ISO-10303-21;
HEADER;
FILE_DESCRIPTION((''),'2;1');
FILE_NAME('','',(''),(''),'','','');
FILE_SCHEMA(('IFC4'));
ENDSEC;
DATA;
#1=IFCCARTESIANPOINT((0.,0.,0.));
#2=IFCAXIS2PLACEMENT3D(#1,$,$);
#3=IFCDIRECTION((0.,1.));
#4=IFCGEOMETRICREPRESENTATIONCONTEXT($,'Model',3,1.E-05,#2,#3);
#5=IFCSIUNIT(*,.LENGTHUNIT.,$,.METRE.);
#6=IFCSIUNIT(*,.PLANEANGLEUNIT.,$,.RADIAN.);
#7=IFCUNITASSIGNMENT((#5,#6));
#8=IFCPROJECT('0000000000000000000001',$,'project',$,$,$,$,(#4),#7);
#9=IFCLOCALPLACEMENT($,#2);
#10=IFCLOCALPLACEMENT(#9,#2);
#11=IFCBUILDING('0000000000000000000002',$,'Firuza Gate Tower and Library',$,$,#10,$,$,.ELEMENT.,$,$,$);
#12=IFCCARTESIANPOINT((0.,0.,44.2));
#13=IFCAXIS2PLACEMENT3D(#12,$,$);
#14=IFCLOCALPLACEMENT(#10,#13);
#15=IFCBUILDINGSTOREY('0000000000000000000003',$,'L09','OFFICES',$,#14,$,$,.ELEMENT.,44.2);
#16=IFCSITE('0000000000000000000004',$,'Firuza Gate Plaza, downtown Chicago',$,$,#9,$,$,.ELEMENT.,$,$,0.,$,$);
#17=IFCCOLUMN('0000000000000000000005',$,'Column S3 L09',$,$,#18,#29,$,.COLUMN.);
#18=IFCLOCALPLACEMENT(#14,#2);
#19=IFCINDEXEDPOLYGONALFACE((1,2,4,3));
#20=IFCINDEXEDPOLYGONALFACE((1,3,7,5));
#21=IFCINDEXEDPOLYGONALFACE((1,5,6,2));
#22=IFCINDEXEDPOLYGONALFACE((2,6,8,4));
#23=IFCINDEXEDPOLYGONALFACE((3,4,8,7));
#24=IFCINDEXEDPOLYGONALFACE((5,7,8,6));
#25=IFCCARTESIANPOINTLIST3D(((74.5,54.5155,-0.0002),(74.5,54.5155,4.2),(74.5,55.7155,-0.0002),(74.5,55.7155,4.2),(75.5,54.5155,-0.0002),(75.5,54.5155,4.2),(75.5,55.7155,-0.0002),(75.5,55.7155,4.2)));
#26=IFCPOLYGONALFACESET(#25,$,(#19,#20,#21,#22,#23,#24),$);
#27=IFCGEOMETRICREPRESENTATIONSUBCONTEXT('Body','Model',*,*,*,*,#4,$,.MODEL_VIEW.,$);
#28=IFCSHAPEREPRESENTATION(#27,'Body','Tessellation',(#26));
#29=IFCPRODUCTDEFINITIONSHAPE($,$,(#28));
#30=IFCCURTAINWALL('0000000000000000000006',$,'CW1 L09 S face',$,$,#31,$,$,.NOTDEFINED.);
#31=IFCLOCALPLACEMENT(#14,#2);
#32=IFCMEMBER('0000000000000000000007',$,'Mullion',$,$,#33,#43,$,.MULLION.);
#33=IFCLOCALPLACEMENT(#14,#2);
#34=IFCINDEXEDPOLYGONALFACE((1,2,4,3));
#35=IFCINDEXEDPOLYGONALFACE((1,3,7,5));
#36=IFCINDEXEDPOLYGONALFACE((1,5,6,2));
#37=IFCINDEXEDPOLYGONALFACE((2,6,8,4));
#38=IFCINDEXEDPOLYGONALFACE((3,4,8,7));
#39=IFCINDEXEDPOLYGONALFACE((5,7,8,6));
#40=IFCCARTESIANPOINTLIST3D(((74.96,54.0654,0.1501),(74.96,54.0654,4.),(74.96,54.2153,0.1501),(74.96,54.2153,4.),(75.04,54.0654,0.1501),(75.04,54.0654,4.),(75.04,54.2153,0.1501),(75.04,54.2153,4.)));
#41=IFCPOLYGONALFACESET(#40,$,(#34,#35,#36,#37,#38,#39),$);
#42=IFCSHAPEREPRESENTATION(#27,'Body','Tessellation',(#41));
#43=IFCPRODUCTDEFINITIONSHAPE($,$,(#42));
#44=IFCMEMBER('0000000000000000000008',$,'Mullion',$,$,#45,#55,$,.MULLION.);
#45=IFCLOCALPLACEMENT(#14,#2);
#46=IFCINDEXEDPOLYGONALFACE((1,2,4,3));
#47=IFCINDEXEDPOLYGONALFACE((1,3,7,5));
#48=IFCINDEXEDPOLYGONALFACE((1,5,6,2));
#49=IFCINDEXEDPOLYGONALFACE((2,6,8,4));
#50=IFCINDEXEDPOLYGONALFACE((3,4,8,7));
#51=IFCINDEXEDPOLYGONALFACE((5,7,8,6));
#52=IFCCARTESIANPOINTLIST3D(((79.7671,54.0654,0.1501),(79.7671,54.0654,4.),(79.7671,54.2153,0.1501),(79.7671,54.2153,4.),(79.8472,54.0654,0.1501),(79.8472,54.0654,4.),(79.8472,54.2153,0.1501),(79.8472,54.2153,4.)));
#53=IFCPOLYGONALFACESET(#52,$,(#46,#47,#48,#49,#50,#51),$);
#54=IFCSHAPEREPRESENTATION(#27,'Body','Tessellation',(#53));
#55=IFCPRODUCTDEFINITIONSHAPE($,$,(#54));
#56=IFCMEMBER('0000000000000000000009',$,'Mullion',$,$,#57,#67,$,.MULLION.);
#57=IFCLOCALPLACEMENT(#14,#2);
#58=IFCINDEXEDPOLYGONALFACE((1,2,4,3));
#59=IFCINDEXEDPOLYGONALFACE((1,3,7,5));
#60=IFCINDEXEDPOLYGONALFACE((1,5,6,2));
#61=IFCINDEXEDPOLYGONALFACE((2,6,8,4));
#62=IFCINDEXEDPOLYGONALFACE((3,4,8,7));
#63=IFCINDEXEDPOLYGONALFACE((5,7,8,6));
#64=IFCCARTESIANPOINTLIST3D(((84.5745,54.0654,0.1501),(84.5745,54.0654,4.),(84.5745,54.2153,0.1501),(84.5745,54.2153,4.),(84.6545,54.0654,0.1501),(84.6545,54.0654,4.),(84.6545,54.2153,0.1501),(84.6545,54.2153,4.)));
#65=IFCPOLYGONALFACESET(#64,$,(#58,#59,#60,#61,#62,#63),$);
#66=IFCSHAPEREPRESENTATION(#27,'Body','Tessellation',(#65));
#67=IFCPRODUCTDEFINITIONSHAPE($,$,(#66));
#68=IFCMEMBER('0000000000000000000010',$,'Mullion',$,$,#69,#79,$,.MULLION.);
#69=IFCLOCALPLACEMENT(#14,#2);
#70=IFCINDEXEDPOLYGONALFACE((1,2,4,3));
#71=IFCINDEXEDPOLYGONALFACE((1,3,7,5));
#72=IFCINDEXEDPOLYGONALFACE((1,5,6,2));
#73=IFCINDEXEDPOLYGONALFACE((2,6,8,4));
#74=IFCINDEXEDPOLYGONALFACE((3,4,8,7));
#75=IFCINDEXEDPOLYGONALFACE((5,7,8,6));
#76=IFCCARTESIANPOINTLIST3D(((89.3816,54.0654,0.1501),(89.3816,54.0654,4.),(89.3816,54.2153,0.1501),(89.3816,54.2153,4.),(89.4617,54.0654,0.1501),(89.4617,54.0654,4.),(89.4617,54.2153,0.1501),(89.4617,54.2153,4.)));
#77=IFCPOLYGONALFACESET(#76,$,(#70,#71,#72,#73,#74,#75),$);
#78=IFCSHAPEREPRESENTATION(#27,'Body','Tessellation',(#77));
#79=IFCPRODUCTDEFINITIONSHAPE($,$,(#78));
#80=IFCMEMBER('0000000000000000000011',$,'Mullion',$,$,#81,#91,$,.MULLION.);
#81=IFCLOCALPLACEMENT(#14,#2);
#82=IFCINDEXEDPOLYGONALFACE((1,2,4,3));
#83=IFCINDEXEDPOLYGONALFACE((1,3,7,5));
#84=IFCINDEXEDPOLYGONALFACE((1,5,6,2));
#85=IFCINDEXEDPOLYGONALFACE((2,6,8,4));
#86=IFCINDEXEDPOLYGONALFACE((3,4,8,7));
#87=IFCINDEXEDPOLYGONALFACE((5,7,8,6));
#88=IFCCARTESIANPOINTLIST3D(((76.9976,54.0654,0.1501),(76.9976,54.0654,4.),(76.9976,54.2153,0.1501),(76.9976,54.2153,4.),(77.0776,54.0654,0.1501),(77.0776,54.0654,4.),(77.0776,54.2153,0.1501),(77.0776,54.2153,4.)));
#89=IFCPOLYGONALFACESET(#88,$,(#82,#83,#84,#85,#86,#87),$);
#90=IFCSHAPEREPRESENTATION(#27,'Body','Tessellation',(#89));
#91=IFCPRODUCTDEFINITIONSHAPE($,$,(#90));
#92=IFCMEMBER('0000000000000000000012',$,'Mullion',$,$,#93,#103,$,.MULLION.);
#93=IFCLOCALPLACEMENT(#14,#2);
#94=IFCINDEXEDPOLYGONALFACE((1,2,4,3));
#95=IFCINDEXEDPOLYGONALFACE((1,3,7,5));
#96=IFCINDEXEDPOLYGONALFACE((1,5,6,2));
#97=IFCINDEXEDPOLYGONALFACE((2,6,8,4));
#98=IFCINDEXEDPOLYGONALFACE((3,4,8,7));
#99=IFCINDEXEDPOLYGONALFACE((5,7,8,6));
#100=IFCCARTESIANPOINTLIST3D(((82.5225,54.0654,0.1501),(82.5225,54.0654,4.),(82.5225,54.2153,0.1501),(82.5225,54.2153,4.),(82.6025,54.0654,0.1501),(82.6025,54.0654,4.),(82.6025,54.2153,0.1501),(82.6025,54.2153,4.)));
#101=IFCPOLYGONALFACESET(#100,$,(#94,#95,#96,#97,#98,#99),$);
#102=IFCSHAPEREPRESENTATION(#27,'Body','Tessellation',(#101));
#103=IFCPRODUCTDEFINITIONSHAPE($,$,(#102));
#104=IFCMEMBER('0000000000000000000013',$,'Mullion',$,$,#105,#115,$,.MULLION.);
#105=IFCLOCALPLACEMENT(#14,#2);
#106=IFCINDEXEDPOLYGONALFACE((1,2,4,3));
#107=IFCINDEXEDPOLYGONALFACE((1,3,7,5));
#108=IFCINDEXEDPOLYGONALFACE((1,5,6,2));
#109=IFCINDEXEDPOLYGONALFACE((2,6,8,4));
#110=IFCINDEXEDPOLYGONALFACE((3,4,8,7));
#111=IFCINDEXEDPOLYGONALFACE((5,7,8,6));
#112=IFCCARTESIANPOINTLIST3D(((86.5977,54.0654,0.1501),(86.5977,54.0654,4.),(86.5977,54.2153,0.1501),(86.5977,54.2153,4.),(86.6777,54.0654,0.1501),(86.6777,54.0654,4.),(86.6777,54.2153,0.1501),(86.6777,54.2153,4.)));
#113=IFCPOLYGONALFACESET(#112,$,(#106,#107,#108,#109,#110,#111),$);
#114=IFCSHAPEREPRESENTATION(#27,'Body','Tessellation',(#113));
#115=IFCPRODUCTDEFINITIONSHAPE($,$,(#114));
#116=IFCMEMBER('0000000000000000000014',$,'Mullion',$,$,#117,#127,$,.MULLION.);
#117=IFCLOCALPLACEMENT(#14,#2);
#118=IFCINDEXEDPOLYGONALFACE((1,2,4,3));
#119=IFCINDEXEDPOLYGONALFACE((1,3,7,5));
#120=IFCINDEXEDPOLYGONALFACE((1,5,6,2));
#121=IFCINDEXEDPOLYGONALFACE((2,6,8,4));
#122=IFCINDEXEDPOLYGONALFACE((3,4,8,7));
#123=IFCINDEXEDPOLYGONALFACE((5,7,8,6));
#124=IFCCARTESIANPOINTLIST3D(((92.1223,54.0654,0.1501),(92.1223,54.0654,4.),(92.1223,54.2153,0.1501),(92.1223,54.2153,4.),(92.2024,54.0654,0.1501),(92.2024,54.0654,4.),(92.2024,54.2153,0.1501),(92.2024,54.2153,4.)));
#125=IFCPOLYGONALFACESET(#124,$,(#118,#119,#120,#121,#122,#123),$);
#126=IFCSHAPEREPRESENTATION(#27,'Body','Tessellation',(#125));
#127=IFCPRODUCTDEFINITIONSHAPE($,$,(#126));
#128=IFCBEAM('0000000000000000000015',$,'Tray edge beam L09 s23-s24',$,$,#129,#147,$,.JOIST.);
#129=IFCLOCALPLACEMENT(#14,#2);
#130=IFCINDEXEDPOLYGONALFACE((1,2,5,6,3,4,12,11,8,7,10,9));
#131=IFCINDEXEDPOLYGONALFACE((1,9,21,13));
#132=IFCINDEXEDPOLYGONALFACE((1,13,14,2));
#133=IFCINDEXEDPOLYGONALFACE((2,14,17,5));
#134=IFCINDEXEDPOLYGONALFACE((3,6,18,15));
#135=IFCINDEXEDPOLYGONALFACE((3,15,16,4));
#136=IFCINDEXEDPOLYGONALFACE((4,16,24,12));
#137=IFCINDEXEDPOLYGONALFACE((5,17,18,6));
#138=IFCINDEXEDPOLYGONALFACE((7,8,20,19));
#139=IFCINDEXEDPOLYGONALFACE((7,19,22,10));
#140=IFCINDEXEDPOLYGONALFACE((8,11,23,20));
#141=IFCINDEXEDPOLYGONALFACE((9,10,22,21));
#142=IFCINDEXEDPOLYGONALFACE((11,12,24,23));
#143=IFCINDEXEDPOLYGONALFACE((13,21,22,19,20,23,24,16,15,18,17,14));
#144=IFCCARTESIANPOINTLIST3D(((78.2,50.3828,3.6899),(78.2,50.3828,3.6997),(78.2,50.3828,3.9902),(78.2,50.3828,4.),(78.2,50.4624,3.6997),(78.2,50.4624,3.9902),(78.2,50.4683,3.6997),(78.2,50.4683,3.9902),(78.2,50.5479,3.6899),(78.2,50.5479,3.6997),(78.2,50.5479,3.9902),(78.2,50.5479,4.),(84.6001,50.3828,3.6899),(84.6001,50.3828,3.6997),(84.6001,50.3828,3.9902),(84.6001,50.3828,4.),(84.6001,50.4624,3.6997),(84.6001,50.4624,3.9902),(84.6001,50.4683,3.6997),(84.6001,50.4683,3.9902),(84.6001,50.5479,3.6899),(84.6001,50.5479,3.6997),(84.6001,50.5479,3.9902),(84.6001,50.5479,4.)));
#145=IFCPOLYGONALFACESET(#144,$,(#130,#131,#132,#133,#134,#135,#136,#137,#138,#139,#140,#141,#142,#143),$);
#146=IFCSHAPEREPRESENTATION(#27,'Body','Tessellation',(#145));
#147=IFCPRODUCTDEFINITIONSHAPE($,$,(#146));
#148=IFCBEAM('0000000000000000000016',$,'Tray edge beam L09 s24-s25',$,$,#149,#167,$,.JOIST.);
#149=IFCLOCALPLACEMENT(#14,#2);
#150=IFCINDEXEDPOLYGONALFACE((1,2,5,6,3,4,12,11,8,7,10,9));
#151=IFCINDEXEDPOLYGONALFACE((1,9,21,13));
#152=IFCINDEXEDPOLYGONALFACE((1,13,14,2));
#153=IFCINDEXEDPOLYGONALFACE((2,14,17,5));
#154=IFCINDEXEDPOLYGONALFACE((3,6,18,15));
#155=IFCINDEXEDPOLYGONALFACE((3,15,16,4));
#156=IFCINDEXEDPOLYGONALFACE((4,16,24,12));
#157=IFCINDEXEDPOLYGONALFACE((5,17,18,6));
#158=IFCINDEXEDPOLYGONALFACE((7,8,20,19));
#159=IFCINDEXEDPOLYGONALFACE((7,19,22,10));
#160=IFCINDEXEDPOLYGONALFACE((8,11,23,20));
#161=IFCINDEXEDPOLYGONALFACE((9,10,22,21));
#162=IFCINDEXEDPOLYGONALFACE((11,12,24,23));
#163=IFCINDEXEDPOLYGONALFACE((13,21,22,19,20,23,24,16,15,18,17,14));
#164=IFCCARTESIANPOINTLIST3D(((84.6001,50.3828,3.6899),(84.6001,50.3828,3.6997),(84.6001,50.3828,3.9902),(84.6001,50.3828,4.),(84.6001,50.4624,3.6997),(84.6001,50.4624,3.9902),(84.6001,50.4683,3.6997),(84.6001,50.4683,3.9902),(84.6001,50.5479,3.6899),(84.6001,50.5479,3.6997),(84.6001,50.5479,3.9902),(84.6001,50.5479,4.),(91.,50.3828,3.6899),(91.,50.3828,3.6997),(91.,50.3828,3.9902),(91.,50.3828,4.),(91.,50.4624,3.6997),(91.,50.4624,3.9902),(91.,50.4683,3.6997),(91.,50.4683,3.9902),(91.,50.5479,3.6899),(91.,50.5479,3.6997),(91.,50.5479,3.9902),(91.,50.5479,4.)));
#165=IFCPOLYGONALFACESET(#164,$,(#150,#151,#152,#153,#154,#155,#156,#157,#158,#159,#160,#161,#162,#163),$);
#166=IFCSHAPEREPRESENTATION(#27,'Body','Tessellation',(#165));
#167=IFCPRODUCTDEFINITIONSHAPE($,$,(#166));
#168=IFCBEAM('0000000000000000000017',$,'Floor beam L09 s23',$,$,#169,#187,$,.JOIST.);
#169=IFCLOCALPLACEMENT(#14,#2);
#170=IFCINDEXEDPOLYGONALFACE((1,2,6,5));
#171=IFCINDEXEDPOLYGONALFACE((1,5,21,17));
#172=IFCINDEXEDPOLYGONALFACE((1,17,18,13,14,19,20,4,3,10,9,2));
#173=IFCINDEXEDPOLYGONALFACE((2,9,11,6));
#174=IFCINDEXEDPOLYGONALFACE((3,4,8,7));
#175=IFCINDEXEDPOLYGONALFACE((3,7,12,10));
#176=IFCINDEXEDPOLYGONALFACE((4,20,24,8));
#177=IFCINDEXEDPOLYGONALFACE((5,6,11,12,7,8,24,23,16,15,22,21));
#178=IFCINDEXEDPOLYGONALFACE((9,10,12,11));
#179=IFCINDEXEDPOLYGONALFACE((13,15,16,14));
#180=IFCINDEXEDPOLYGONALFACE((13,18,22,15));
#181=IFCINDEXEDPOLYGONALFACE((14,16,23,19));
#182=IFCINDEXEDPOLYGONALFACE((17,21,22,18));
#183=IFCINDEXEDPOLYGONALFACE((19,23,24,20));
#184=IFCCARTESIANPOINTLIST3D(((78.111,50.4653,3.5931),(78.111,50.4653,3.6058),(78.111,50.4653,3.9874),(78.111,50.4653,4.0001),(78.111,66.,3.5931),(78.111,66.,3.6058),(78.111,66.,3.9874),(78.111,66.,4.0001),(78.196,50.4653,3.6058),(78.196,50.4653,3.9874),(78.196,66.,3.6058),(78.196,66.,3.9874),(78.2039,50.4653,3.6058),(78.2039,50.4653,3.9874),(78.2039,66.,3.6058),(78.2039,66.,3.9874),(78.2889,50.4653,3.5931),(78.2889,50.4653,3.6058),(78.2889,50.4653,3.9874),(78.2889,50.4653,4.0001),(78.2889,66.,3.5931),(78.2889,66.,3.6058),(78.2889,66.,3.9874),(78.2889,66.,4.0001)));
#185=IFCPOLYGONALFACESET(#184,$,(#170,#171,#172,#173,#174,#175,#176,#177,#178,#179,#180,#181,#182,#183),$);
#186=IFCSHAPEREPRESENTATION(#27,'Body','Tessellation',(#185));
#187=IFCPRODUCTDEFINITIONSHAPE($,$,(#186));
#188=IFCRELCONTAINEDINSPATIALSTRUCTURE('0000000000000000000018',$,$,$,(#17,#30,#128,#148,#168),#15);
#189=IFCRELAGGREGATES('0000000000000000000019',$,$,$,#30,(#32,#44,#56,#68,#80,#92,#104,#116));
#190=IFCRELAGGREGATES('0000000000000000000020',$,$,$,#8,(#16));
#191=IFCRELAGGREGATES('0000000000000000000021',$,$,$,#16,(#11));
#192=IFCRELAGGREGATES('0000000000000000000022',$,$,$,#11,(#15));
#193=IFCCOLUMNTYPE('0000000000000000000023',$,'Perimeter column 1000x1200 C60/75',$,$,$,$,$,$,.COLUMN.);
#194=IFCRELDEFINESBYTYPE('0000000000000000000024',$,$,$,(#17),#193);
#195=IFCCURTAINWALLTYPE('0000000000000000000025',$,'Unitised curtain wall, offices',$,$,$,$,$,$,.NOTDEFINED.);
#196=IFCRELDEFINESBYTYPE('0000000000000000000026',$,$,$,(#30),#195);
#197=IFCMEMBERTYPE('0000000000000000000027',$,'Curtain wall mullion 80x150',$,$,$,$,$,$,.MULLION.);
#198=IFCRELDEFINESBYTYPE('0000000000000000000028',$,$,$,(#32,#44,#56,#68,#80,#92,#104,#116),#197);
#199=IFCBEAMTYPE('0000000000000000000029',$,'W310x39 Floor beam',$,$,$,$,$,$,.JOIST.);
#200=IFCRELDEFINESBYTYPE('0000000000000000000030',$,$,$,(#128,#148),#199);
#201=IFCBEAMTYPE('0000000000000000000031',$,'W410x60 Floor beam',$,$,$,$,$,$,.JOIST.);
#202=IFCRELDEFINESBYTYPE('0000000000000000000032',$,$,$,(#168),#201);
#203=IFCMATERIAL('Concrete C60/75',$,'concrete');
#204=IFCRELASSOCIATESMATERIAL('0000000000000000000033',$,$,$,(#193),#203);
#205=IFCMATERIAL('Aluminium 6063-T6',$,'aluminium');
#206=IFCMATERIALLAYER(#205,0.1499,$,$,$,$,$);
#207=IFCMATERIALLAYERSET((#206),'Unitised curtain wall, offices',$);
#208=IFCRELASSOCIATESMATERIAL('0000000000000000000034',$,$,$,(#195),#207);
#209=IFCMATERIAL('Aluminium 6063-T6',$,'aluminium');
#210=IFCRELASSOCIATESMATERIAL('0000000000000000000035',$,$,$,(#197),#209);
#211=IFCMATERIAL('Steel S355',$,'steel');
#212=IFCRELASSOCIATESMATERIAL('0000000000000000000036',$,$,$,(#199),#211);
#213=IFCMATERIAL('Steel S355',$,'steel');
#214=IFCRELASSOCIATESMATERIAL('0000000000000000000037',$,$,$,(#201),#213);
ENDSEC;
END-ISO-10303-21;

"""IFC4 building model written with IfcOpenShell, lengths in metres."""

from ifc_helpers import new_model, si_unit, direction, frame, origin, origin_2d, place, context, subcontext, project, spatial, rectangle, i_section, extrude, material, layer, layer_set, material_profile, profile_set, type_object, element, aggregate, save


model = new_model("IFC4")

# Units and contexts
model_context = context("Model", 3, precision=1e-05, world=origin(), true_north=direction((0.0, 1.0)))
body_context = subcontext(model_context, "Body", "Model", "MODEL_VIEW")
ifc_project = project(units=[si_unit("LENGTHUNIT", "METRE"), si_unit("PLANEANGLEUNIT", "RADIAN")], contexts=[model_context])

# Site, building, storey
site_placement = place(None, origin())
site = spatial("IfcSite", under=ifc_project, at=site_placement, Name="Firuza Gate Plaza, downtown Chicago", CompositionType="ELEMENT", RefElevation=0.0)
building_placement = place(site_placement, origin())
building = spatial("IfcBuilding", under=site, at=building_placement, Name="Firuza Gate Tower and Library", CompositionType="ELEMENT")
storey_placement = place(building_placement, frame((0.0, 0.0, 44.2)))
storey = spatial("IfcBuildingStorey", under=building, at=storey_placement, Name="L09", Description="OFFICES", CompositionType="ELEMENT", Elevation=44.2)

# Column
ifc_material_1 = material(Name="Concrete C60/75", Category="concrete")
ifc_material_profile_1 = material_profile(ifc_material_1, rectangle(XDim=1.0, YDim=1.2, at=origin_2d()))
ifc_profile_set_1 = profile_set([ifc_material_profile_1], Name="Concrete C60/75")
column_type = type_object("IfcColumnType", Name="Perimeter column 1000x1200 C60/75", PredefinedType="COLUMN", material=ifc_profile_set_1)
column_placement = place(storey_placement, frame((75.0, 55.1155, -0.0002), z_axis=(0.0, 0.0, 1.0), x_axis=(1.0, 0.0, 0.0)))
element("IfcColumn", 1, at=column_placement, inside=storey, type_object=column_type, Name="Column S3 L09", PredefinedType="COLUMN", context=body_context, shape_type="SweptSolid", body=[
    extrude(rectangle(XDim=1.0, YDim=1.2, at=origin_2d()), origin(), (0.0, 0.0, 1.0), 4.2002),
])

# Curtain wall, members
ifc_material_2 = material(Name="Aluminium 6063-T6", Category="aluminium")
ifc_layer_1 = layer(ifc_material_2, 0.1499)
ifc_layer_set_1 = layer_set([ifc_layer_1], Name="Unitised curtain wall, offices")
curtain_wall_type = type_object("IfcCurtainWallType", Name="Unitised curtain wall, offices", PredefinedType="NOTDEFINED", material=ifc_layer_set_1)
curtain_wall_placement = place(storey_placement, origin())
curtain_wall = element("IfcCurtainWall", 2, at=curtain_wall_placement, inside=storey, type_object=curtain_wall_type, Name="CW1 L09 S face", PredefinedType="NOTDEFINED")
ifc_material_3 = material(Name="Aluminium 6063-T6", Category="aluminium")
ifc_material_profile_2 = material_profile(ifc_material_3, rectangle(XDim=0.1499, YDim=0.0801, at=origin_2d()))
ifc_profile_set_2 = profile_set([ifc_material_profile_2], Name="Aluminium 6063-T6")
member_type = type_object("IfcMemberType", Name="Curtain wall mullion 80x150", PredefinedType="MULLION", material=ifc_profile_set_2)
member_1_placement = place(storey_placement, frame((75.0, 54.1404, 0.1501), z_axis=(0.0, 0.0, 1.0), x_axis=(0.0, 1.0, 0.0)))
member_1 = element("IfcMember", 3, at=member_1_placement, type_object=member_type, Name="Mullion", PredefinedType="MULLION", context=body_context, shape_type="SweptSolid", body=[
    extrude(rectangle(XDim=0.1499, YDim=0.0801, at=origin_2d()), origin(), (0.0, 0.0, 1.0), 3.8499),
])
member_2_placement = place(storey_placement, frame((79.8071, 54.1404, 0.1501), z_axis=(0.0, 0.0, 1.0), x_axis=(0.0, 1.0, 0.0)))
member_2 = element("IfcMember", 4, at=member_2_placement, type_object=member_type, Name="Mullion", PredefinedType="MULLION", context=body_context, shape_type="SweptSolid", body=[
    extrude(rectangle(XDim=0.1499, YDim=0.0801, at=origin_2d()), origin(), (0.0, 0.0, 1.0), 3.8499),
])
member_3_placement = place(storey_placement, frame((84.6145, 54.1404, 0.1501), z_axis=(0.0, 0.0, 1.0), x_axis=(0.0, 1.0, 0.0)))
member_3 = element("IfcMember", 5, at=member_3_placement, type_object=member_type, Name="Mullion", PredefinedType="MULLION", context=body_context, shape_type="SweptSolid", body=[
    extrude(rectangle(XDim=0.1499, YDim=0.0801, at=origin_2d()), origin(), (0.0, 0.0, 1.0), 3.8499),
])
member_4_placement = place(storey_placement, frame((89.4216, 54.1404, 0.1501), z_axis=(0.0, 0.0, 1.0), x_axis=(0.0, 1.0, 0.0)))
member_4 = element("IfcMember", 6, at=member_4_placement, type_object=member_type, Name="Mullion", PredefinedType="MULLION", context=body_context, shape_type="SweptSolid", body=[
    extrude(rectangle(XDim=0.1499, YDim=0.0801, at=origin_2d()), origin(), (0.0, 0.0, 1.0), 3.8499),
])
member_5_placement = place(storey_placement, frame((77.0376, 54.1404, 0.1501), z_axis=(0.0, 0.0, 1.0), x_axis=(0.0, 1.0, 0.0)))
member_5 = element("IfcMember", 7, at=member_5_placement, type_object=member_type, Name="Mullion", PredefinedType="MULLION", context=body_context, shape_type="SweptSolid", body=[
    extrude(rectangle(XDim=0.1499, YDim=0.0801, at=origin_2d()), origin(), (0.0, 0.0, 1.0), 3.8499),
])
member_6_placement = place(storey_placement, frame((82.5625, 54.1404, 0.1501), z_axis=(0.0, 0.0, 1.0), x_axis=(0.0, 1.0, 0.0)))
member_6 = element("IfcMember", 8, at=member_6_placement, type_object=member_type, Name="Mullion", PredefinedType="MULLION", context=body_context, shape_type="SweptSolid", body=[
    extrude(rectangle(XDim=0.1499, YDim=0.0801, at=origin_2d()), origin(), (0.0, 0.0, 1.0), 3.8499),
])
member_7_placement = place(storey_placement, frame((86.6377, 54.1404, 0.1501), z_axis=(0.0, 0.0, 1.0), x_axis=(0.0, 1.0, 0.0)))
member_7 = element("IfcMember", 9, at=member_7_placement, type_object=member_type, Name="Mullion", PredefinedType="MULLION", context=body_context, shape_type="SweptSolid", body=[
    extrude(rectangle(XDim=0.1499, YDim=0.0801, at=origin_2d()), origin(), (0.0, 0.0, 1.0), 3.8499),
])
member_8_placement = place(storey_placement, frame((92.1624, 54.1404, 0.1501), z_axis=(0.0, 0.0, 1.0), x_axis=(0.0, 1.0, 0.0)))
member_8 = element("IfcMember", 10, at=member_8_placement, type_object=member_type, Name="Mullion", PredefinedType="MULLION", context=body_context, shape_type="SweptSolid", body=[
    extrude(rectangle(XDim=0.1499, YDim=0.0801, at=origin_2d()), origin(), (0.0, 0.0, 1.0), 3.8499),
])

# Beams
ifc_material_4 = material(Name="Steel S355", Category="steel")
ifc_material_profile_3 = material_profile(ifc_material_4, i_section(OverallWidth=0.165, OverallDepth=0.3101, WebThickness=0.0059, FlangeThickness=0.0098, at=origin_2d()))
ifc_profile_set_3 = profile_set([ifc_material_profile_3], Name="Steel S355")
beam_type_1 = type_object("IfcBeamType", Name="W310x39 Floor beam", PredefinedType="JOIST", material=ifc_profile_set_3)
beam_1_placement = place(storey_placement, frame((78.2, 50.4653, 3.845), z_axis=(1.0, 0.0, 0.0), x_axis=(0.0, 1.0, 0.0)))
element("IfcBeam", 11, at=beam_1_placement, inside=storey, type_object=beam_type_1, Name="Tray edge beam L09 s23-s24", PredefinedType="JOIST", context=body_context, shape_type="SweptSolid", body=[
    extrude(i_section(OverallWidth=0.165, OverallDepth=0.3101, WebThickness=0.0059, FlangeThickness=0.0098, at=origin_2d()), origin(), (0.0, 0.0, 1.0), 6.4001),
])
beam_2_placement = place(storey_placement, frame((84.6001, 50.4653, 3.845), z_axis=(1.0, 0.0, 0.0), x_axis=(0.0, 1.0, 0.0)))
element("IfcBeam", 12, at=beam_2_placement, inside=storey, type_object=beam_type_1, Name="Tray edge beam L09 s24-s25", PredefinedType="JOIST", context=body_context, shape_type="SweptSolid", body=[
    extrude(i_section(OverallWidth=0.165, OverallDepth=0.3101, WebThickness=0.0059, FlangeThickness=0.0098, at=origin_2d()), origin(), (0.0, 0.0, 1.0), 6.3999),
])
ifc_material_5 = material(Name="Steel S355", Category="steel")
ifc_material_profile_4 = material_profile(ifc_material_5, i_section(OverallWidth=0.178, OverallDepth=0.407, WebThickness=0.0078, FlangeThickness=0.0127, at=origin_2d()))
ifc_profile_set_4 = profile_set([ifc_material_profile_4], Name="Steel S355")
beam_type_2 = type_object("IfcBeamType", Name="W410x60 Floor beam", PredefinedType="JOIST", material=ifc_profile_set_4)
for number, where, z_axis, x_axis, name in (
    (13, (78.2, 50.4653, 3.7966), (0.0, 1.0, 0.0), (-1.0, 0.0, 0.0), "Floor beam L09 s23"),
):
    element("IfcBeam", number, at=place(storey_placement, frame(where, z_axis=z_axis, x_axis=x_axis)), inside=storey, type_object=beam_type_2, Name=name, PredefinedType="JOIST", context=body_context, shape_type="SweptSolid", body=[
        extrude(i_section(OverallWidth=0.178, OverallDepth=0.407, WebThickness=0.0078, FlangeThickness=0.0127, at=origin_2d()), origin(), (0.0, 0.0, 1.0), 15.5347),
    ])

aggregate(curtain_wall, [member_1, member_2, member_3, member_4, member_5, member_6, member_7, member_8])

save(model, "model.ifc")
